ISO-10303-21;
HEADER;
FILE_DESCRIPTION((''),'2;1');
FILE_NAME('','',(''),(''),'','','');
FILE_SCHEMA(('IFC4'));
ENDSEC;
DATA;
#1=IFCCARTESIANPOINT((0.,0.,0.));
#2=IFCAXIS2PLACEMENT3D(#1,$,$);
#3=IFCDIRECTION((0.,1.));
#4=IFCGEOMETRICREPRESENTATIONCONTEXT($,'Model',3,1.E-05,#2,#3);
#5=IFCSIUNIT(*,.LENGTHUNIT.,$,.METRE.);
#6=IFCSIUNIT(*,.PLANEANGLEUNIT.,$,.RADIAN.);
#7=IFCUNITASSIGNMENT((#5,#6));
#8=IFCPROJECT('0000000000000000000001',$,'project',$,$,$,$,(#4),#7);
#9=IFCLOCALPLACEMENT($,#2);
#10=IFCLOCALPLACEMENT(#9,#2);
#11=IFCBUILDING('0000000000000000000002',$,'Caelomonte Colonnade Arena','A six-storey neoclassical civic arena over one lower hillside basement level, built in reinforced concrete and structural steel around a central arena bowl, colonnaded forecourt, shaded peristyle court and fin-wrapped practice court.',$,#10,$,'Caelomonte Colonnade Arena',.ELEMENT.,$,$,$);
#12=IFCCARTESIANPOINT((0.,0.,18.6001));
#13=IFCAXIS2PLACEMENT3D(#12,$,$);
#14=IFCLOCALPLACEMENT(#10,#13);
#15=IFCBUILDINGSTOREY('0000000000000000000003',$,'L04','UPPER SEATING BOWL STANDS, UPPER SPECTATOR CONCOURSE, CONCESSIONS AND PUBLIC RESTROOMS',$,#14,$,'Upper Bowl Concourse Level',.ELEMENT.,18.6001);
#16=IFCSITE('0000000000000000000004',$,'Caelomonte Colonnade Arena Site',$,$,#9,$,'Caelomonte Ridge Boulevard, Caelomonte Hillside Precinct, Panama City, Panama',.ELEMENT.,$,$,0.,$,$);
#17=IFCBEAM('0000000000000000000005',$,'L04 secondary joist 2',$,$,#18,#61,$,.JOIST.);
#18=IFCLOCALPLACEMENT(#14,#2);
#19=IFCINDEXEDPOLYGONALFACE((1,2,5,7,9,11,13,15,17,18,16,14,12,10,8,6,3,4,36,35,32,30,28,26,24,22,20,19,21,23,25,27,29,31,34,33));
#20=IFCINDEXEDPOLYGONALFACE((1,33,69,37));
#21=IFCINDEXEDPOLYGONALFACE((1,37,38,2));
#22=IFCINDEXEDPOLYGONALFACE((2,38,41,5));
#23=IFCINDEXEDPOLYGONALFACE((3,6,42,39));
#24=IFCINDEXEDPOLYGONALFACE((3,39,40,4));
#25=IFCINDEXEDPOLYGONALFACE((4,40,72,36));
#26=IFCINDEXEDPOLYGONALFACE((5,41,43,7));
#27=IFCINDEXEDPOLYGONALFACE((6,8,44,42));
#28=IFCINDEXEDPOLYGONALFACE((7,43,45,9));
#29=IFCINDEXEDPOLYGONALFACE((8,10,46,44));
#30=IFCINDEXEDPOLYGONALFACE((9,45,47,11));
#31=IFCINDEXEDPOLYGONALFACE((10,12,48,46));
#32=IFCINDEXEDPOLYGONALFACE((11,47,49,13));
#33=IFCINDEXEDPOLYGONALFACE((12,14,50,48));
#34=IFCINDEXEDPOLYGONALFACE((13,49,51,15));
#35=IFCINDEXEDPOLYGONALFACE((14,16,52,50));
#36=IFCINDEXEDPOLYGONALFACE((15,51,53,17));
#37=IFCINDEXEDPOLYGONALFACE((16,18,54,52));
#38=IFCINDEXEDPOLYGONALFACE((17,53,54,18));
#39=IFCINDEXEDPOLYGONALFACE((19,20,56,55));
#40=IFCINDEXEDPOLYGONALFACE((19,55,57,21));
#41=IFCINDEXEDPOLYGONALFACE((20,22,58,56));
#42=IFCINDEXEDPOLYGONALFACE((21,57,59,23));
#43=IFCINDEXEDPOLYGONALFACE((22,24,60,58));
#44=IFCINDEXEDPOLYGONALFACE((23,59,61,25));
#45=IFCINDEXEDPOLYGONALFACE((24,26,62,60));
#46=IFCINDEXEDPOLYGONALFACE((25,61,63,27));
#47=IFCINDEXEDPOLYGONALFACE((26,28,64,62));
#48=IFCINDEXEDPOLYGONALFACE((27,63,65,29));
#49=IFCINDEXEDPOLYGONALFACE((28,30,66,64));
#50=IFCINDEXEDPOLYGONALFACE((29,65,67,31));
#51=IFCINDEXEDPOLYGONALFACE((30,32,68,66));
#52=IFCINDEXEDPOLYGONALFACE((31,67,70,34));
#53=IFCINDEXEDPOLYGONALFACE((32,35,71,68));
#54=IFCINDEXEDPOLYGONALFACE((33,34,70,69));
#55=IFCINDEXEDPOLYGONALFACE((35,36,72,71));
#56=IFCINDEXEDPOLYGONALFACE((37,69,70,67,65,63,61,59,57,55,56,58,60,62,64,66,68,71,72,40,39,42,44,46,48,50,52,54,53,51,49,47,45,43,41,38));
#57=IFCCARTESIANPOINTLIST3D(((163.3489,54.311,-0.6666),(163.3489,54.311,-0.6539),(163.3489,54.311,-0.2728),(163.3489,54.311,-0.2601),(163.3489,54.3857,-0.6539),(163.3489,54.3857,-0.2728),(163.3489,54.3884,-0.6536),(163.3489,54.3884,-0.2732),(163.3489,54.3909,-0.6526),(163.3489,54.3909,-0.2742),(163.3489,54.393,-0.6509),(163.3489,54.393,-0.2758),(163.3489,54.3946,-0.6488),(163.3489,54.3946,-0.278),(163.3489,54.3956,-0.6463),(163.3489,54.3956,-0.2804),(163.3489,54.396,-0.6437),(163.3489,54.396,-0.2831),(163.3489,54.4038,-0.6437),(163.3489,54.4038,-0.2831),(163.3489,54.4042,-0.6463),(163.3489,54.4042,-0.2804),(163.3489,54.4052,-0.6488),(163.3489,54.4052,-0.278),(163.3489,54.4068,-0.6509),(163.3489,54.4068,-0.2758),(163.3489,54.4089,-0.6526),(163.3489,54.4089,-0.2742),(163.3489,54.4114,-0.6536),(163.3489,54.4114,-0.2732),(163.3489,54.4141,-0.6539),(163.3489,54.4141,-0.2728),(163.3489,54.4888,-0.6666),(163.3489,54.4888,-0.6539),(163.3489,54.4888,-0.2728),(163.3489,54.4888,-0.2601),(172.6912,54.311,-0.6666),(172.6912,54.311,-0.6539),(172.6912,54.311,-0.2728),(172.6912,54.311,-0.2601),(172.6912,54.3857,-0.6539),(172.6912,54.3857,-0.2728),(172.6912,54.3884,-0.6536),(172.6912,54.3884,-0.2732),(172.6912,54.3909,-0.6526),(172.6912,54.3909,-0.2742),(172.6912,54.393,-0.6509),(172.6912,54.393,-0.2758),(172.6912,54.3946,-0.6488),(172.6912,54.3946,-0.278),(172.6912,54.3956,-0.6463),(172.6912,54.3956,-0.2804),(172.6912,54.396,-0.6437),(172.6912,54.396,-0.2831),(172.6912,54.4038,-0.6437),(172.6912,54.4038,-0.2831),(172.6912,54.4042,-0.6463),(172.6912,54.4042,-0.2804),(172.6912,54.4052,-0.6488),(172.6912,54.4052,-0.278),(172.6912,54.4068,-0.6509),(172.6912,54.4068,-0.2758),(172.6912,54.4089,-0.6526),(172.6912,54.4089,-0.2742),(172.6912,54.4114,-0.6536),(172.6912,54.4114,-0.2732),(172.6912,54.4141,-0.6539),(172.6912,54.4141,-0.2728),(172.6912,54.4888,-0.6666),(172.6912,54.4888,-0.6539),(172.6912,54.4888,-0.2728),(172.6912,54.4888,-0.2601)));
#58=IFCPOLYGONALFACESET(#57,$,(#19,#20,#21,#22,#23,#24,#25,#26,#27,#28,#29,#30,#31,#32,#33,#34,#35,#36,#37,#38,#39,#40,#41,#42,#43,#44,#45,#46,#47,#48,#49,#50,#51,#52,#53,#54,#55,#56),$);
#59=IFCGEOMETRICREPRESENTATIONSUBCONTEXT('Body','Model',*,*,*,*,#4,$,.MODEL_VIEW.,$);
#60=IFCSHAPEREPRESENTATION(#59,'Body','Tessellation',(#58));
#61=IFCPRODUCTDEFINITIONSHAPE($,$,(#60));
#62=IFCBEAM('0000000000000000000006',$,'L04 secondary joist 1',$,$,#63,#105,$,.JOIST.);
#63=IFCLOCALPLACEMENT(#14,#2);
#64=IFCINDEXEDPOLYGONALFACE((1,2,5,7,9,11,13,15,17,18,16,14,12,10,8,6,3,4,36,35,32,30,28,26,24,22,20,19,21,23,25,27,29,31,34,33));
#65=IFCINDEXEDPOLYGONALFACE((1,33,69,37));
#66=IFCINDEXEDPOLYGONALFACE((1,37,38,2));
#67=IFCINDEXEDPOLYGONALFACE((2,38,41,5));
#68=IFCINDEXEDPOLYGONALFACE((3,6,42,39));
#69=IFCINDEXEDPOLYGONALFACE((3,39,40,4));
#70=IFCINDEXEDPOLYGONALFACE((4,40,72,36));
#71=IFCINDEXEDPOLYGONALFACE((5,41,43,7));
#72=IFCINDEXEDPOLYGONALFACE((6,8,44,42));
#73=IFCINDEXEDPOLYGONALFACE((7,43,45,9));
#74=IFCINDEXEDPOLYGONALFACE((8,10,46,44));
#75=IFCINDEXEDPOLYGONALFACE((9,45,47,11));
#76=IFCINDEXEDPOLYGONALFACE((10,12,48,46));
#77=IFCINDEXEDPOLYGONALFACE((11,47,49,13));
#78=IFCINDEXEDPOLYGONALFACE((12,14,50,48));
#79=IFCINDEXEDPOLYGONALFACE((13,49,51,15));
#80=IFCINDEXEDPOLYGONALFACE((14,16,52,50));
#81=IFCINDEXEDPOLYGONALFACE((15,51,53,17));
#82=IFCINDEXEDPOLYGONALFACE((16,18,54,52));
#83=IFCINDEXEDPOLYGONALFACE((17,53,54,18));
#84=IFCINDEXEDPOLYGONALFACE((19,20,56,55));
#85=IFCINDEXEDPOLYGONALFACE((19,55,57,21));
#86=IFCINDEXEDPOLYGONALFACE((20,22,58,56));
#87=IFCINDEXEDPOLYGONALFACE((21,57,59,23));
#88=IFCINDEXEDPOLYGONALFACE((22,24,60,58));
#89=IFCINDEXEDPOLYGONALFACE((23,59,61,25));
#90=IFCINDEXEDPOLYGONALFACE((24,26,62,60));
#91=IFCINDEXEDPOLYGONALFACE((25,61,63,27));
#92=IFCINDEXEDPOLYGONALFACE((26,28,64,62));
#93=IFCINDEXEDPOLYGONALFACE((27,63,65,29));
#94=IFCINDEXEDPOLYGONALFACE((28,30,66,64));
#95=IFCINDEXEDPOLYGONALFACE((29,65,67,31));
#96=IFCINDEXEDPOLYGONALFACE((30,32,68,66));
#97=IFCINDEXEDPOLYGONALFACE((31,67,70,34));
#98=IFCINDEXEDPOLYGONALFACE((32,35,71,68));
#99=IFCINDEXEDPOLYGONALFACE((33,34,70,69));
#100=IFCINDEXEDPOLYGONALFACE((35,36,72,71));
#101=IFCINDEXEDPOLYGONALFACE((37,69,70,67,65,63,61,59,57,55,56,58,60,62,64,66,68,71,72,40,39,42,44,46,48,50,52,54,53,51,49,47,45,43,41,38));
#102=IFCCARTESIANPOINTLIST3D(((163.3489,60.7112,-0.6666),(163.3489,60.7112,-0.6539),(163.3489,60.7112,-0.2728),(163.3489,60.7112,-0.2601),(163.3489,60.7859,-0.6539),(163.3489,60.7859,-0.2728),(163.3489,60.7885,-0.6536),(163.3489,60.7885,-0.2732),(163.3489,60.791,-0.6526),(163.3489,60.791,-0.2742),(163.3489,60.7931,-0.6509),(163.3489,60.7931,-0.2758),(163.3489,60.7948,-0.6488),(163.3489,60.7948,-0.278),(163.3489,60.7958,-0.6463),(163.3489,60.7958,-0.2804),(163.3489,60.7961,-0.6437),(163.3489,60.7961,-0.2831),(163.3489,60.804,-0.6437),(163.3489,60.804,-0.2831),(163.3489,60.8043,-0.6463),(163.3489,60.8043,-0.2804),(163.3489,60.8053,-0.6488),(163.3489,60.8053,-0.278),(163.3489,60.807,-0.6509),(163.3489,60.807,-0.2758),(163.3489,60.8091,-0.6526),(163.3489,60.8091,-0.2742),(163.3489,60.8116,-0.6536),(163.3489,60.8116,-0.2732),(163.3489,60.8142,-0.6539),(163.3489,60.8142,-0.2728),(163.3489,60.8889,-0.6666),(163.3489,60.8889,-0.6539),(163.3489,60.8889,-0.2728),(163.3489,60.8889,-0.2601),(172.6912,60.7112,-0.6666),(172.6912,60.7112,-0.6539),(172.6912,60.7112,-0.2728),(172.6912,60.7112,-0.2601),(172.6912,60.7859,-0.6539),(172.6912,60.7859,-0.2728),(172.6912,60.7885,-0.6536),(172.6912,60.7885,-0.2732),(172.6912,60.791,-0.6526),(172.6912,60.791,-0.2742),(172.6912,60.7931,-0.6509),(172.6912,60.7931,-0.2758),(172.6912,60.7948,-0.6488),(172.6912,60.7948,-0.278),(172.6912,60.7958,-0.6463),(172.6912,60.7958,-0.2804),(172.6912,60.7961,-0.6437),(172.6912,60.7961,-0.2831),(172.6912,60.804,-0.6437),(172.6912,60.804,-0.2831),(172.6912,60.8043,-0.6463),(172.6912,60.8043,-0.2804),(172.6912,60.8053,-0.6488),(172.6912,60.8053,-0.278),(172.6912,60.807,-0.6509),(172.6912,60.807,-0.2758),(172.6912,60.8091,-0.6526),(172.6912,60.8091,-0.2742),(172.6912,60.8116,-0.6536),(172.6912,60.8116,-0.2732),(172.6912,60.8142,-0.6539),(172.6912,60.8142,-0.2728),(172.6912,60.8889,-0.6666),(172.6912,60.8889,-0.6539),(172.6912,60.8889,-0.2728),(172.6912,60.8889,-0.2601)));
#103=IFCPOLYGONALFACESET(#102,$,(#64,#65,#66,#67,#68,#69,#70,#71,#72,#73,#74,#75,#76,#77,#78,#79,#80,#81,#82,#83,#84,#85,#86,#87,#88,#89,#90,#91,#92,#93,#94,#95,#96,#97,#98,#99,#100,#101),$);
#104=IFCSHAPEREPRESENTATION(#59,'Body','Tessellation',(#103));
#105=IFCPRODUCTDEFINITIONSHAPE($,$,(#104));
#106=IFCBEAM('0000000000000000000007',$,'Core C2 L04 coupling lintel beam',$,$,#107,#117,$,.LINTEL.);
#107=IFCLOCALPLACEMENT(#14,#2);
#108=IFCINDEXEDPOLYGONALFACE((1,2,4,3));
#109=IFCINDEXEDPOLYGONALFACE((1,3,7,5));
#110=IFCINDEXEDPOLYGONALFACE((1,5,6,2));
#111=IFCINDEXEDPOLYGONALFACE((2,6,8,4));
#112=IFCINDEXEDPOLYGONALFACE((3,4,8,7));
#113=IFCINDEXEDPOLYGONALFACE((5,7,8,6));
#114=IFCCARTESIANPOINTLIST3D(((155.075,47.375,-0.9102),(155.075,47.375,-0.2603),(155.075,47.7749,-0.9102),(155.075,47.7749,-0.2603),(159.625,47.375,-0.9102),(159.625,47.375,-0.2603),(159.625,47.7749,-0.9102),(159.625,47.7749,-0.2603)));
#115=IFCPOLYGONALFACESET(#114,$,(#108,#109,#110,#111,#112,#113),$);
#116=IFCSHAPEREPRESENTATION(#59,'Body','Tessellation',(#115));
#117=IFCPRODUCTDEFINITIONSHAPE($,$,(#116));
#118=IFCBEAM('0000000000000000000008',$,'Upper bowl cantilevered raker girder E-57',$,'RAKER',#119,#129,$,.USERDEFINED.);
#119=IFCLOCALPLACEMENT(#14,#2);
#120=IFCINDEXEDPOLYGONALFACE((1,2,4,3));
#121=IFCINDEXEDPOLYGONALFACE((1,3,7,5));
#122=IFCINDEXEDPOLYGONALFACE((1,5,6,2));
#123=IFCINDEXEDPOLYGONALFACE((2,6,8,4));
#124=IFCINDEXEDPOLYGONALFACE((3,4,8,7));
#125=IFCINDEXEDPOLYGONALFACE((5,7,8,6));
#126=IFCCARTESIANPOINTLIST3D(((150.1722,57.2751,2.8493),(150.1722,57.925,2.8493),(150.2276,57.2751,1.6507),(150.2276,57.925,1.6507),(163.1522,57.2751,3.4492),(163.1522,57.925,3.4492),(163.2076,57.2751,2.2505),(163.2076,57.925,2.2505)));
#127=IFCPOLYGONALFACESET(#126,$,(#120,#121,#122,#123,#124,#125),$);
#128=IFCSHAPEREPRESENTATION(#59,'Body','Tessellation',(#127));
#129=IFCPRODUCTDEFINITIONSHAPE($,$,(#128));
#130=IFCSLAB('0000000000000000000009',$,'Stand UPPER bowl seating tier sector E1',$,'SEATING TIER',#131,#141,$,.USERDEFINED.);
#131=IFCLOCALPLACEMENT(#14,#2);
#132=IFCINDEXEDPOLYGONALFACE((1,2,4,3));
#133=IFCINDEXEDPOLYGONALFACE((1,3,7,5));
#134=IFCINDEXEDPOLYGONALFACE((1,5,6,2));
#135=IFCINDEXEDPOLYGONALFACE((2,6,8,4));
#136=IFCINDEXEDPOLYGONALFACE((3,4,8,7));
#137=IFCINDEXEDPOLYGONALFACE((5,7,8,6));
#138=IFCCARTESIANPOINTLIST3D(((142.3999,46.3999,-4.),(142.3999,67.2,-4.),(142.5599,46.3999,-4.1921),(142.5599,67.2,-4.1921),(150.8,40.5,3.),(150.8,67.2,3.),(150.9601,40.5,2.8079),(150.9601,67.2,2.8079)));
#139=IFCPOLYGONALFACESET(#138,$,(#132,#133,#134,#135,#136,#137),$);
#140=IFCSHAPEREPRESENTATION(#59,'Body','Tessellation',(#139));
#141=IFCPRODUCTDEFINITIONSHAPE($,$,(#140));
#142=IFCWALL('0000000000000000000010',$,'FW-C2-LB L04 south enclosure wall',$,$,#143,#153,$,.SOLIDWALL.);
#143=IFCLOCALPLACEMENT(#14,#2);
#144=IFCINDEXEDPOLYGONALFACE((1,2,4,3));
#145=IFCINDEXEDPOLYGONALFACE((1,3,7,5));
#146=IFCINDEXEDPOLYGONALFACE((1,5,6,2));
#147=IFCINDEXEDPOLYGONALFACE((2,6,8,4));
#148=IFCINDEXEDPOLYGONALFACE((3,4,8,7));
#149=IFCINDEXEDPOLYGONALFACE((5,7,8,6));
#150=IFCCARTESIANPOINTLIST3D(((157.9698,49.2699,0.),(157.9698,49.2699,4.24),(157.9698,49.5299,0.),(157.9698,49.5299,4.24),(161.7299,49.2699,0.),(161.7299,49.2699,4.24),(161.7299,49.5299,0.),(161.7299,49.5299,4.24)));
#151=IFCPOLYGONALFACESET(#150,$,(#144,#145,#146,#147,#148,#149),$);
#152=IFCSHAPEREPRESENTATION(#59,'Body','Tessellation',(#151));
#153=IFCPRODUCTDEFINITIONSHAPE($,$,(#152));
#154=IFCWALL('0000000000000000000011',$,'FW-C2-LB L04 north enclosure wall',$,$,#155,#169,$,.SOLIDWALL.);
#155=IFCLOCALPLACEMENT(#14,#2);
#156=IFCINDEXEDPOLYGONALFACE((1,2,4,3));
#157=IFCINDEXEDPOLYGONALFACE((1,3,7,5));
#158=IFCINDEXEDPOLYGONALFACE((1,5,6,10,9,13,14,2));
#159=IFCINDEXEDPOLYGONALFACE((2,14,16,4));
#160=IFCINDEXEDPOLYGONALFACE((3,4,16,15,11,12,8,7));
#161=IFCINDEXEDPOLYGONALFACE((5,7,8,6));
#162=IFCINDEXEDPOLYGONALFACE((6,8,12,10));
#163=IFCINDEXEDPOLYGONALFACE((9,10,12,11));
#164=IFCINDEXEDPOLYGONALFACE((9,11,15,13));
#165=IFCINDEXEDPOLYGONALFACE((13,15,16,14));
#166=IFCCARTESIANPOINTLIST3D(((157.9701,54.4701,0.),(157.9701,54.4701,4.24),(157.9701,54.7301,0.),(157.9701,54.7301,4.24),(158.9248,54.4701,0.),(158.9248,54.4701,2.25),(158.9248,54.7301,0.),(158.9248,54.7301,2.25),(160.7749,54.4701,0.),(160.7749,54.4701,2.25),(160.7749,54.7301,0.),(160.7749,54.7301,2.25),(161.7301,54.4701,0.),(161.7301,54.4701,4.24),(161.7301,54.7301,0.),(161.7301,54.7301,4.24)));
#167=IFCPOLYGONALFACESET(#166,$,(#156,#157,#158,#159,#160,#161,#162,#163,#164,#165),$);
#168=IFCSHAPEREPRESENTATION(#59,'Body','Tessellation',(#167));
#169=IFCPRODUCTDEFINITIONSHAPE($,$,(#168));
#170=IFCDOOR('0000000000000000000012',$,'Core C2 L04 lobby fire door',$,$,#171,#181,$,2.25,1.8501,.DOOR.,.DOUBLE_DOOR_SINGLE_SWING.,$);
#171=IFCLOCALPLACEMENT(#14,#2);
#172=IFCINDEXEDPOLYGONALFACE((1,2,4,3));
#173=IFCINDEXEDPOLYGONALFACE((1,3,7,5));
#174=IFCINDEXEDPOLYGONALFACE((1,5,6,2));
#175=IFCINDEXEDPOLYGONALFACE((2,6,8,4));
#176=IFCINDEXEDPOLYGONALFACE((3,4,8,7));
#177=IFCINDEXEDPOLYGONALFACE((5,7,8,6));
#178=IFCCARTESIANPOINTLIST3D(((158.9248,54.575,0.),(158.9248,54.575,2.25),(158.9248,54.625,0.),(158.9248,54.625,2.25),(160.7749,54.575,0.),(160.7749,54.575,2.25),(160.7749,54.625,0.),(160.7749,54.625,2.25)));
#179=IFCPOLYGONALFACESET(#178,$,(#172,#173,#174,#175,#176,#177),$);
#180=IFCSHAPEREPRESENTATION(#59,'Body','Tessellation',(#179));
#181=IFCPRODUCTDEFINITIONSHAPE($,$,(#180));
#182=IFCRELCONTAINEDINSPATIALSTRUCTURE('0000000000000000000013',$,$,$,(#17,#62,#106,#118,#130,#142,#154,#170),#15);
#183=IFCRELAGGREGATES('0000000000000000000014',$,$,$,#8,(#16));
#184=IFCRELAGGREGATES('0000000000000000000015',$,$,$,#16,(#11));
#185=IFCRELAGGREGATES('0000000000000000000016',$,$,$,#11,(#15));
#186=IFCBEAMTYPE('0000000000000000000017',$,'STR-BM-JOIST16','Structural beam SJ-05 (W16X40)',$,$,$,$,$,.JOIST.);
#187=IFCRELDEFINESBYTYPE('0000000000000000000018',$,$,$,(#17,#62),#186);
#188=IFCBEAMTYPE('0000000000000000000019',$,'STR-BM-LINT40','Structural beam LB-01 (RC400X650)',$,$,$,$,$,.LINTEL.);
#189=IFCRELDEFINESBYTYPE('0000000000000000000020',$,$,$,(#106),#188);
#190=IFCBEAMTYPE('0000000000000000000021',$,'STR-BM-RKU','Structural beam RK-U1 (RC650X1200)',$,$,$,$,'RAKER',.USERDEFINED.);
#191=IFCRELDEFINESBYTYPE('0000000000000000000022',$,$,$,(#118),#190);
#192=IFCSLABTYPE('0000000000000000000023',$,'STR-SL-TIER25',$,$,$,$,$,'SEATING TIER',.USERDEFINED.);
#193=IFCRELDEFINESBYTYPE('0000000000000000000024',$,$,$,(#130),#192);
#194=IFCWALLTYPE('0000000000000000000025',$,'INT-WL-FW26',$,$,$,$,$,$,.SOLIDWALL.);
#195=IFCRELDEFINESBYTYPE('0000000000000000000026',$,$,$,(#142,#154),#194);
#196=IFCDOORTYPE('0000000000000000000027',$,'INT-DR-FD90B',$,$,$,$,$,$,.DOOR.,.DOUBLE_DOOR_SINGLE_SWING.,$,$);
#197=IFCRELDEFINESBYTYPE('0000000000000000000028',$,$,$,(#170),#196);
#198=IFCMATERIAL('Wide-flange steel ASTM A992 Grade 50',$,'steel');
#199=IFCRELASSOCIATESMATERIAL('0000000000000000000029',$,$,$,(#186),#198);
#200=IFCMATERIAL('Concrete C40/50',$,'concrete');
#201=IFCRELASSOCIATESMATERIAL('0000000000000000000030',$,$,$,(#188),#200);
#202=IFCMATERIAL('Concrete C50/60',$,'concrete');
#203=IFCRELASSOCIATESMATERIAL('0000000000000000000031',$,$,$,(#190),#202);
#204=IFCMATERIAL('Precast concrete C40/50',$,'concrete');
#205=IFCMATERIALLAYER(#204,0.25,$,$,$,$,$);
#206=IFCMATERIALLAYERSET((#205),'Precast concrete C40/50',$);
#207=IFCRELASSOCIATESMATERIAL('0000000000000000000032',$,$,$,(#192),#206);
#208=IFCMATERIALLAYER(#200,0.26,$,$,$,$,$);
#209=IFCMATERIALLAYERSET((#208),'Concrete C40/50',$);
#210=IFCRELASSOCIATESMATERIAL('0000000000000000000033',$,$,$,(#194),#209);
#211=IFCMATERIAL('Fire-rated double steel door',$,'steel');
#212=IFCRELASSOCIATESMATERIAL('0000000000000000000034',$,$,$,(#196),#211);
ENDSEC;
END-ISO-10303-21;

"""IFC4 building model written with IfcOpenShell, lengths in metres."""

from ifc_helpers import new_model, si_unit, direction, frame, frame_2d, origin, origin_2d, place, context, subcontext, project, spatial, polyline, rectangle, i_section, outline, extrude, material, layer, layer_set, material_profile, profile_set, type_object, element, fill, save


model = new_model("IFC4")

# Units and contexts
model_context = context("Model", 3, precision=1e-05, world=origin(), true_north=direction((0.0, 1.0)))
body_context = subcontext(model_context, "Body", "Model", "MODEL_VIEW")
ifc_project = project(units=[si_unit("LENGTHUNIT", "METRE"), si_unit("PLANEANGLEUNIT", "RADIAN")], contexts=[model_context])

# Site, building, storey
site_placement = place(None, origin())
site = spatial("IfcSite", under=ifc_project, at=site_placement, Name="Caelomonte Colonnade Arena Site", LongName="Caelomonte Ridge Boulevard, Caelomonte Hillside Precinct, Panama City, Panama", CompositionType="ELEMENT", RefElevation=0.0)
building_placement = place(site_placement, origin())
building = spatial("IfcBuilding", under=site, at=building_placement, Name="Caelomonte Colonnade Arena", Description="A six-storey neoclassical civic arena over one lower hillside basement level, built in reinforced concrete and structural steel around a central arena bowl, colonnaded forecourt, shaded peristyle court and fin-wrapped practice court.", LongName="Caelomonte Colonnade Arena", CompositionType="ELEMENT")
storey_placement = place(building_placement, frame((0.0, 0.0, 18.6001)))
storey = spatial("IfcBuildingStorey", under=building, at=storey_placement, Name="L04", Description="UPPER SEATING BOWL STANDS, UPPER SPECTATOR CONCOURSE, CONCESSIONS AND PUBLIC RESTROOMS", LongName="Upper Bowl Concourse Level", CompositionType="ELEMENT", Elevation=18.6001)

# Shared definitions
ifc_material_1 = material(Name="Concrete C40/50", Category="concrete")
ifc_material_2 = material(Name="Wide-flange steel ASTM A992 Grade 50", Category="steel")

# Beams
ifc_material_profile_1 = material_profile(ifc_material_2, i_section(OverallWidth=0.1777, OverallDepth=0.4065, WebThickness=0.0078, FlangeThickness=0.0127, FilletRadius=0.0103, at=origin_2d()), Name="W16X40")
ifc_profile_set_1 = profile_set([ifc_material_profile_1], Name="Wide-flange steel ASTM A992 Grade 50")
beam_type_1 = type_object("IfcBeamType", Name="STR-BM-JOIST16", Description="Structural beam SJ-05 (W16X40)", PredefinedType="JOIST", material=ifc_profile_set_1)
for number, where, z_axis, x_axis, name in (
    (1, (163.3489, 54.3999, -0.4634), (1.0, 0.0, 0.0), (0.0, 1.0, 0.0), "L04 secondary joist 2"),
    (2, (163.3489, 60.8, -0.4634), (1.0, 0.0, 0.0), (0.0, 1.0, 0.0), "L04 secondary joist 1"),
):
    element("IfcBeam", number, at=place(storey_placement, frame(where, z_axis=z_axis, x_axis=x_axis)), inside=storey, type_object=beam_type_1, Name=name, PredefinedType="JOIST", context=body_context, shape_type="SweptSolid", body=[
        extrude(i_section(OverallWidth=0.1777, OverallDepth=0.4065, WebThickness=0.0078, FlangeThickness=0.0127, FilletRadius=0.0103, at=origin_2d()), origin(), (0.0, 0.0, 1.0), 9.3423),
    ])
ifc_material_profile_2 = material_profile(ifc_material_1, rectangle(XDim=0.3999, YDim=0.6499, at=origin_2d()), Name="RC400X650")
ifc_profile_set_2 = profile_set([ifc_material_profile_2], Name="Concrete C40/50")
beam_type_2 = type_object("IfcBeamType", Name="STR-BM-LINT40", Description="Structural beam LB-01 (RC400X650)", PredefinedType="LINTEL", material=ifc_profile_set_2)
beam_1_placement = place(storey_placement, frame((155.075, 47.575, -0.5852), z_axis=(1.0, 0.0, 0.0), x_axis=(0.0, 1.0, 0.0)))
element("IfcBeam", 3, at=beam_1_placement, inside=storey, type_object=beam_type_2, Name="Core C2 L04 coupling lintel beam", PredefinedType="LINTEL", context=body_context, shape_type="SweptSolid", body=[
    extrude(rectangle(XDim=0.3999, YDim=0.6499, at=origin_2d()), origin(), (0.0, 0.0, 1.0), 4.55),
])
ifc_material_3 = material(Name="Concrete C50/60", Category="concrete")
ifc_material_profile_3 = material_profile(ifc_material_3, rectangle(XDim=0.6499, YDim=1.2, at=origin_2d()), Name="RC650X1200")
ifc_profile_set_3 = profile_set([ifc_material_profile_3], Name="Concrete C50/60")
beam_type_3 = type_object("IfcBeamType", Name="STR-BM-RKU", Description="Structural beam RK-U1 (RC650X1200)", ElementType="RAKER", PredefinedType="USERDEFINED", material=ifc_profile_set_3)
beam_2_placement = place(storey_placement, frame((163.1799, 57.6001, 2.8499), z_axis=(-0.998934, 0.0, -0.046164), x_axis=(0.0, -1.0, 0.0)))
element("IfcBeam", 4, at=beam_2_placement, inside=storey, type_object=beam_type_3, Name="Upper bowl cantilevered raker girder E-57", ObjectType="RAKER", PredefinedType="USERDEFINED", context=body_context, shape_type="SweptSolid", body=[
    extrude(rectangle(XDim=0.6499, YDim=1.2, at=origin_2d()), origin(), (0.0, 0.0, 1.0), 12.9939),
])

# Slab
ifc_material_4 = material(Name="Precast concrete C40/50", Category="concrete")
ifc_layer_1 = layer(ifc_material_4, 0.25)
ifc_layer_set_1 = layer_set([ifc_layer_1], Name="Precast concrete C40/50")
slab_type = type_object("IfcSlabType", Name="STR-SL-TIER25", ElementType="SEATING TIER", PredefinedType="USERDEFINED", material=ifc_layer_set_1)
slab_placement = place(storey_placement, frame((142.3999, 46.3999, -4.0), z_axis=(-0.640178, 0.0, 0.768227), x_axis=(0.0, 1.0, 0.0)))
element("IfcSlab", 5, at=slab_placement, inside=storey, type_object=slab_type, Name="Stand UPPER bowl seating tier sector E1", ObjectType="SEATING TIER", PredefinedType="USERDEFINED", context=body_context, shape_type="SweptSolid", body=[
    extrude(outline(polyline([(0.0, 0.0), (20.8, 0.0), (20.8, -10.9345), (-5.8999, -10.9345), (0.0, 0.0)])), origin(), (0.0, 0.0, -1.0), 0.25),
])

# Wall
ifc_layer_2 = layer(ifc_material_1, 0.26)
ifc_layer_set_2 = layer_set([ifc_layer_2], Name="Concrete C40/50")
wall_type_1 = type_object("IfcWallType", Name="INT-WL-FW26", PredefinedType="SOLIDWALL", material=ifc_layer_set_2)
wall_1_placement = place(storey_placement, frame((157.97, 49.3999, 0.0), z_axis=(0.0, 0.0, 1.0), x_axis=(1.0, 0.0, 0.0)))
element("IfcWall", 6, at=wall_1_placement, inside=storey, type_object=wall_type_1, Name="FW-C2-LB L04 south enclosure wall", PredefinedType="SOLIDWALL", context=body_context, shape_type="SweptSolid", body=[
    extrude(rectangle(XDim=3.76, YDim=0.26, at=frame_2d((1.8799, 0.0))), origin(), (0.0, 0.0, 1.0), 4.24),
])

# Wall, opening, door
wall_2_placement = place(storey_placement, frame((161.73, 54.6001, 0.0), z_axis=(0.0, 0.0, 1.0), x_axis=(-1.0, 0.0, 0.0)))
wall_2 = element("IfcWall", 7, at=wall_2_placement, inside=storey, type_object=wall_type_1, Name="FW-C2-LB L04 north enclosure wall", PredefinedType="SOLIDWALL", context=body_context, shape_type="SweptSolid", body=[
    extrude(rectangle(XDim=3.76, YDim=0.26, at=frame_2d((1.8799, 0.0))), origin(), (0.0, 0.0, 1.0), 4.24),
])
opening_1_placement = place(wall_2_placement, frame((2.8052, 0.0, 0.0), z_axis=(0.0, 0.0, 1.0), x_axis=(-1.0, 0.0, 0.0)))
opening_1 = element("IfcOpeningElement", 8, at=opening_1_placement, cuts=wall_2, PredefinedType="OPENING", context=body_context, shape_type="SweptSolid", body=[
    extrude(rectangle(XDim=1.8501, YDim=2.25, at=frame_2d((0.925, 1.125))), frame((0.0, 0.1399, 0.0), z_axis=(0.0, -1.0, 0.0), x_axis=(1.0, 0.0, 0.0)), (0.0, 0.0, 1.0), 0.28),
])
ifc_material_5 = material(Name="Fire-rated double steel door", Category="steel")
door_type_1 = type_object("IfcDoorType", Name="INT-DR-FD90B", OperationType="DOUBLE_DOOR_SINGLE_SWING", PredefinedType="DOOR", material=ifc_material_5)
door_1_placement = place(opening_1_placement, origin())
door_1 = element("IfcDoor", 9, at=door_1_placement, inside=storey, type_object=door_type_1, Name="Core C2 L04 lobby fire door", OperationType="DOUBLE_DOOR_SINGLE_SWING", OverallHeight=2.25, OverallWidth=1.8501, PredefinedType="DOOR", context=body_context, shape_type="SweptSolid", body=[
    extrude(rectangle(XDim=1.8501, YDim=2.25, at=frame_2d((0.925, 1.125))), frame((0.0, 0.0249, 0.0), z_axis=(0.0, -1.0, 0.0), x_axis=(1.0, 0.0, 0.0)), (0.0, 0.0, 1.0), 0.05),
])
fill(opening_1, door_1)

save(model, "model.ifc")
